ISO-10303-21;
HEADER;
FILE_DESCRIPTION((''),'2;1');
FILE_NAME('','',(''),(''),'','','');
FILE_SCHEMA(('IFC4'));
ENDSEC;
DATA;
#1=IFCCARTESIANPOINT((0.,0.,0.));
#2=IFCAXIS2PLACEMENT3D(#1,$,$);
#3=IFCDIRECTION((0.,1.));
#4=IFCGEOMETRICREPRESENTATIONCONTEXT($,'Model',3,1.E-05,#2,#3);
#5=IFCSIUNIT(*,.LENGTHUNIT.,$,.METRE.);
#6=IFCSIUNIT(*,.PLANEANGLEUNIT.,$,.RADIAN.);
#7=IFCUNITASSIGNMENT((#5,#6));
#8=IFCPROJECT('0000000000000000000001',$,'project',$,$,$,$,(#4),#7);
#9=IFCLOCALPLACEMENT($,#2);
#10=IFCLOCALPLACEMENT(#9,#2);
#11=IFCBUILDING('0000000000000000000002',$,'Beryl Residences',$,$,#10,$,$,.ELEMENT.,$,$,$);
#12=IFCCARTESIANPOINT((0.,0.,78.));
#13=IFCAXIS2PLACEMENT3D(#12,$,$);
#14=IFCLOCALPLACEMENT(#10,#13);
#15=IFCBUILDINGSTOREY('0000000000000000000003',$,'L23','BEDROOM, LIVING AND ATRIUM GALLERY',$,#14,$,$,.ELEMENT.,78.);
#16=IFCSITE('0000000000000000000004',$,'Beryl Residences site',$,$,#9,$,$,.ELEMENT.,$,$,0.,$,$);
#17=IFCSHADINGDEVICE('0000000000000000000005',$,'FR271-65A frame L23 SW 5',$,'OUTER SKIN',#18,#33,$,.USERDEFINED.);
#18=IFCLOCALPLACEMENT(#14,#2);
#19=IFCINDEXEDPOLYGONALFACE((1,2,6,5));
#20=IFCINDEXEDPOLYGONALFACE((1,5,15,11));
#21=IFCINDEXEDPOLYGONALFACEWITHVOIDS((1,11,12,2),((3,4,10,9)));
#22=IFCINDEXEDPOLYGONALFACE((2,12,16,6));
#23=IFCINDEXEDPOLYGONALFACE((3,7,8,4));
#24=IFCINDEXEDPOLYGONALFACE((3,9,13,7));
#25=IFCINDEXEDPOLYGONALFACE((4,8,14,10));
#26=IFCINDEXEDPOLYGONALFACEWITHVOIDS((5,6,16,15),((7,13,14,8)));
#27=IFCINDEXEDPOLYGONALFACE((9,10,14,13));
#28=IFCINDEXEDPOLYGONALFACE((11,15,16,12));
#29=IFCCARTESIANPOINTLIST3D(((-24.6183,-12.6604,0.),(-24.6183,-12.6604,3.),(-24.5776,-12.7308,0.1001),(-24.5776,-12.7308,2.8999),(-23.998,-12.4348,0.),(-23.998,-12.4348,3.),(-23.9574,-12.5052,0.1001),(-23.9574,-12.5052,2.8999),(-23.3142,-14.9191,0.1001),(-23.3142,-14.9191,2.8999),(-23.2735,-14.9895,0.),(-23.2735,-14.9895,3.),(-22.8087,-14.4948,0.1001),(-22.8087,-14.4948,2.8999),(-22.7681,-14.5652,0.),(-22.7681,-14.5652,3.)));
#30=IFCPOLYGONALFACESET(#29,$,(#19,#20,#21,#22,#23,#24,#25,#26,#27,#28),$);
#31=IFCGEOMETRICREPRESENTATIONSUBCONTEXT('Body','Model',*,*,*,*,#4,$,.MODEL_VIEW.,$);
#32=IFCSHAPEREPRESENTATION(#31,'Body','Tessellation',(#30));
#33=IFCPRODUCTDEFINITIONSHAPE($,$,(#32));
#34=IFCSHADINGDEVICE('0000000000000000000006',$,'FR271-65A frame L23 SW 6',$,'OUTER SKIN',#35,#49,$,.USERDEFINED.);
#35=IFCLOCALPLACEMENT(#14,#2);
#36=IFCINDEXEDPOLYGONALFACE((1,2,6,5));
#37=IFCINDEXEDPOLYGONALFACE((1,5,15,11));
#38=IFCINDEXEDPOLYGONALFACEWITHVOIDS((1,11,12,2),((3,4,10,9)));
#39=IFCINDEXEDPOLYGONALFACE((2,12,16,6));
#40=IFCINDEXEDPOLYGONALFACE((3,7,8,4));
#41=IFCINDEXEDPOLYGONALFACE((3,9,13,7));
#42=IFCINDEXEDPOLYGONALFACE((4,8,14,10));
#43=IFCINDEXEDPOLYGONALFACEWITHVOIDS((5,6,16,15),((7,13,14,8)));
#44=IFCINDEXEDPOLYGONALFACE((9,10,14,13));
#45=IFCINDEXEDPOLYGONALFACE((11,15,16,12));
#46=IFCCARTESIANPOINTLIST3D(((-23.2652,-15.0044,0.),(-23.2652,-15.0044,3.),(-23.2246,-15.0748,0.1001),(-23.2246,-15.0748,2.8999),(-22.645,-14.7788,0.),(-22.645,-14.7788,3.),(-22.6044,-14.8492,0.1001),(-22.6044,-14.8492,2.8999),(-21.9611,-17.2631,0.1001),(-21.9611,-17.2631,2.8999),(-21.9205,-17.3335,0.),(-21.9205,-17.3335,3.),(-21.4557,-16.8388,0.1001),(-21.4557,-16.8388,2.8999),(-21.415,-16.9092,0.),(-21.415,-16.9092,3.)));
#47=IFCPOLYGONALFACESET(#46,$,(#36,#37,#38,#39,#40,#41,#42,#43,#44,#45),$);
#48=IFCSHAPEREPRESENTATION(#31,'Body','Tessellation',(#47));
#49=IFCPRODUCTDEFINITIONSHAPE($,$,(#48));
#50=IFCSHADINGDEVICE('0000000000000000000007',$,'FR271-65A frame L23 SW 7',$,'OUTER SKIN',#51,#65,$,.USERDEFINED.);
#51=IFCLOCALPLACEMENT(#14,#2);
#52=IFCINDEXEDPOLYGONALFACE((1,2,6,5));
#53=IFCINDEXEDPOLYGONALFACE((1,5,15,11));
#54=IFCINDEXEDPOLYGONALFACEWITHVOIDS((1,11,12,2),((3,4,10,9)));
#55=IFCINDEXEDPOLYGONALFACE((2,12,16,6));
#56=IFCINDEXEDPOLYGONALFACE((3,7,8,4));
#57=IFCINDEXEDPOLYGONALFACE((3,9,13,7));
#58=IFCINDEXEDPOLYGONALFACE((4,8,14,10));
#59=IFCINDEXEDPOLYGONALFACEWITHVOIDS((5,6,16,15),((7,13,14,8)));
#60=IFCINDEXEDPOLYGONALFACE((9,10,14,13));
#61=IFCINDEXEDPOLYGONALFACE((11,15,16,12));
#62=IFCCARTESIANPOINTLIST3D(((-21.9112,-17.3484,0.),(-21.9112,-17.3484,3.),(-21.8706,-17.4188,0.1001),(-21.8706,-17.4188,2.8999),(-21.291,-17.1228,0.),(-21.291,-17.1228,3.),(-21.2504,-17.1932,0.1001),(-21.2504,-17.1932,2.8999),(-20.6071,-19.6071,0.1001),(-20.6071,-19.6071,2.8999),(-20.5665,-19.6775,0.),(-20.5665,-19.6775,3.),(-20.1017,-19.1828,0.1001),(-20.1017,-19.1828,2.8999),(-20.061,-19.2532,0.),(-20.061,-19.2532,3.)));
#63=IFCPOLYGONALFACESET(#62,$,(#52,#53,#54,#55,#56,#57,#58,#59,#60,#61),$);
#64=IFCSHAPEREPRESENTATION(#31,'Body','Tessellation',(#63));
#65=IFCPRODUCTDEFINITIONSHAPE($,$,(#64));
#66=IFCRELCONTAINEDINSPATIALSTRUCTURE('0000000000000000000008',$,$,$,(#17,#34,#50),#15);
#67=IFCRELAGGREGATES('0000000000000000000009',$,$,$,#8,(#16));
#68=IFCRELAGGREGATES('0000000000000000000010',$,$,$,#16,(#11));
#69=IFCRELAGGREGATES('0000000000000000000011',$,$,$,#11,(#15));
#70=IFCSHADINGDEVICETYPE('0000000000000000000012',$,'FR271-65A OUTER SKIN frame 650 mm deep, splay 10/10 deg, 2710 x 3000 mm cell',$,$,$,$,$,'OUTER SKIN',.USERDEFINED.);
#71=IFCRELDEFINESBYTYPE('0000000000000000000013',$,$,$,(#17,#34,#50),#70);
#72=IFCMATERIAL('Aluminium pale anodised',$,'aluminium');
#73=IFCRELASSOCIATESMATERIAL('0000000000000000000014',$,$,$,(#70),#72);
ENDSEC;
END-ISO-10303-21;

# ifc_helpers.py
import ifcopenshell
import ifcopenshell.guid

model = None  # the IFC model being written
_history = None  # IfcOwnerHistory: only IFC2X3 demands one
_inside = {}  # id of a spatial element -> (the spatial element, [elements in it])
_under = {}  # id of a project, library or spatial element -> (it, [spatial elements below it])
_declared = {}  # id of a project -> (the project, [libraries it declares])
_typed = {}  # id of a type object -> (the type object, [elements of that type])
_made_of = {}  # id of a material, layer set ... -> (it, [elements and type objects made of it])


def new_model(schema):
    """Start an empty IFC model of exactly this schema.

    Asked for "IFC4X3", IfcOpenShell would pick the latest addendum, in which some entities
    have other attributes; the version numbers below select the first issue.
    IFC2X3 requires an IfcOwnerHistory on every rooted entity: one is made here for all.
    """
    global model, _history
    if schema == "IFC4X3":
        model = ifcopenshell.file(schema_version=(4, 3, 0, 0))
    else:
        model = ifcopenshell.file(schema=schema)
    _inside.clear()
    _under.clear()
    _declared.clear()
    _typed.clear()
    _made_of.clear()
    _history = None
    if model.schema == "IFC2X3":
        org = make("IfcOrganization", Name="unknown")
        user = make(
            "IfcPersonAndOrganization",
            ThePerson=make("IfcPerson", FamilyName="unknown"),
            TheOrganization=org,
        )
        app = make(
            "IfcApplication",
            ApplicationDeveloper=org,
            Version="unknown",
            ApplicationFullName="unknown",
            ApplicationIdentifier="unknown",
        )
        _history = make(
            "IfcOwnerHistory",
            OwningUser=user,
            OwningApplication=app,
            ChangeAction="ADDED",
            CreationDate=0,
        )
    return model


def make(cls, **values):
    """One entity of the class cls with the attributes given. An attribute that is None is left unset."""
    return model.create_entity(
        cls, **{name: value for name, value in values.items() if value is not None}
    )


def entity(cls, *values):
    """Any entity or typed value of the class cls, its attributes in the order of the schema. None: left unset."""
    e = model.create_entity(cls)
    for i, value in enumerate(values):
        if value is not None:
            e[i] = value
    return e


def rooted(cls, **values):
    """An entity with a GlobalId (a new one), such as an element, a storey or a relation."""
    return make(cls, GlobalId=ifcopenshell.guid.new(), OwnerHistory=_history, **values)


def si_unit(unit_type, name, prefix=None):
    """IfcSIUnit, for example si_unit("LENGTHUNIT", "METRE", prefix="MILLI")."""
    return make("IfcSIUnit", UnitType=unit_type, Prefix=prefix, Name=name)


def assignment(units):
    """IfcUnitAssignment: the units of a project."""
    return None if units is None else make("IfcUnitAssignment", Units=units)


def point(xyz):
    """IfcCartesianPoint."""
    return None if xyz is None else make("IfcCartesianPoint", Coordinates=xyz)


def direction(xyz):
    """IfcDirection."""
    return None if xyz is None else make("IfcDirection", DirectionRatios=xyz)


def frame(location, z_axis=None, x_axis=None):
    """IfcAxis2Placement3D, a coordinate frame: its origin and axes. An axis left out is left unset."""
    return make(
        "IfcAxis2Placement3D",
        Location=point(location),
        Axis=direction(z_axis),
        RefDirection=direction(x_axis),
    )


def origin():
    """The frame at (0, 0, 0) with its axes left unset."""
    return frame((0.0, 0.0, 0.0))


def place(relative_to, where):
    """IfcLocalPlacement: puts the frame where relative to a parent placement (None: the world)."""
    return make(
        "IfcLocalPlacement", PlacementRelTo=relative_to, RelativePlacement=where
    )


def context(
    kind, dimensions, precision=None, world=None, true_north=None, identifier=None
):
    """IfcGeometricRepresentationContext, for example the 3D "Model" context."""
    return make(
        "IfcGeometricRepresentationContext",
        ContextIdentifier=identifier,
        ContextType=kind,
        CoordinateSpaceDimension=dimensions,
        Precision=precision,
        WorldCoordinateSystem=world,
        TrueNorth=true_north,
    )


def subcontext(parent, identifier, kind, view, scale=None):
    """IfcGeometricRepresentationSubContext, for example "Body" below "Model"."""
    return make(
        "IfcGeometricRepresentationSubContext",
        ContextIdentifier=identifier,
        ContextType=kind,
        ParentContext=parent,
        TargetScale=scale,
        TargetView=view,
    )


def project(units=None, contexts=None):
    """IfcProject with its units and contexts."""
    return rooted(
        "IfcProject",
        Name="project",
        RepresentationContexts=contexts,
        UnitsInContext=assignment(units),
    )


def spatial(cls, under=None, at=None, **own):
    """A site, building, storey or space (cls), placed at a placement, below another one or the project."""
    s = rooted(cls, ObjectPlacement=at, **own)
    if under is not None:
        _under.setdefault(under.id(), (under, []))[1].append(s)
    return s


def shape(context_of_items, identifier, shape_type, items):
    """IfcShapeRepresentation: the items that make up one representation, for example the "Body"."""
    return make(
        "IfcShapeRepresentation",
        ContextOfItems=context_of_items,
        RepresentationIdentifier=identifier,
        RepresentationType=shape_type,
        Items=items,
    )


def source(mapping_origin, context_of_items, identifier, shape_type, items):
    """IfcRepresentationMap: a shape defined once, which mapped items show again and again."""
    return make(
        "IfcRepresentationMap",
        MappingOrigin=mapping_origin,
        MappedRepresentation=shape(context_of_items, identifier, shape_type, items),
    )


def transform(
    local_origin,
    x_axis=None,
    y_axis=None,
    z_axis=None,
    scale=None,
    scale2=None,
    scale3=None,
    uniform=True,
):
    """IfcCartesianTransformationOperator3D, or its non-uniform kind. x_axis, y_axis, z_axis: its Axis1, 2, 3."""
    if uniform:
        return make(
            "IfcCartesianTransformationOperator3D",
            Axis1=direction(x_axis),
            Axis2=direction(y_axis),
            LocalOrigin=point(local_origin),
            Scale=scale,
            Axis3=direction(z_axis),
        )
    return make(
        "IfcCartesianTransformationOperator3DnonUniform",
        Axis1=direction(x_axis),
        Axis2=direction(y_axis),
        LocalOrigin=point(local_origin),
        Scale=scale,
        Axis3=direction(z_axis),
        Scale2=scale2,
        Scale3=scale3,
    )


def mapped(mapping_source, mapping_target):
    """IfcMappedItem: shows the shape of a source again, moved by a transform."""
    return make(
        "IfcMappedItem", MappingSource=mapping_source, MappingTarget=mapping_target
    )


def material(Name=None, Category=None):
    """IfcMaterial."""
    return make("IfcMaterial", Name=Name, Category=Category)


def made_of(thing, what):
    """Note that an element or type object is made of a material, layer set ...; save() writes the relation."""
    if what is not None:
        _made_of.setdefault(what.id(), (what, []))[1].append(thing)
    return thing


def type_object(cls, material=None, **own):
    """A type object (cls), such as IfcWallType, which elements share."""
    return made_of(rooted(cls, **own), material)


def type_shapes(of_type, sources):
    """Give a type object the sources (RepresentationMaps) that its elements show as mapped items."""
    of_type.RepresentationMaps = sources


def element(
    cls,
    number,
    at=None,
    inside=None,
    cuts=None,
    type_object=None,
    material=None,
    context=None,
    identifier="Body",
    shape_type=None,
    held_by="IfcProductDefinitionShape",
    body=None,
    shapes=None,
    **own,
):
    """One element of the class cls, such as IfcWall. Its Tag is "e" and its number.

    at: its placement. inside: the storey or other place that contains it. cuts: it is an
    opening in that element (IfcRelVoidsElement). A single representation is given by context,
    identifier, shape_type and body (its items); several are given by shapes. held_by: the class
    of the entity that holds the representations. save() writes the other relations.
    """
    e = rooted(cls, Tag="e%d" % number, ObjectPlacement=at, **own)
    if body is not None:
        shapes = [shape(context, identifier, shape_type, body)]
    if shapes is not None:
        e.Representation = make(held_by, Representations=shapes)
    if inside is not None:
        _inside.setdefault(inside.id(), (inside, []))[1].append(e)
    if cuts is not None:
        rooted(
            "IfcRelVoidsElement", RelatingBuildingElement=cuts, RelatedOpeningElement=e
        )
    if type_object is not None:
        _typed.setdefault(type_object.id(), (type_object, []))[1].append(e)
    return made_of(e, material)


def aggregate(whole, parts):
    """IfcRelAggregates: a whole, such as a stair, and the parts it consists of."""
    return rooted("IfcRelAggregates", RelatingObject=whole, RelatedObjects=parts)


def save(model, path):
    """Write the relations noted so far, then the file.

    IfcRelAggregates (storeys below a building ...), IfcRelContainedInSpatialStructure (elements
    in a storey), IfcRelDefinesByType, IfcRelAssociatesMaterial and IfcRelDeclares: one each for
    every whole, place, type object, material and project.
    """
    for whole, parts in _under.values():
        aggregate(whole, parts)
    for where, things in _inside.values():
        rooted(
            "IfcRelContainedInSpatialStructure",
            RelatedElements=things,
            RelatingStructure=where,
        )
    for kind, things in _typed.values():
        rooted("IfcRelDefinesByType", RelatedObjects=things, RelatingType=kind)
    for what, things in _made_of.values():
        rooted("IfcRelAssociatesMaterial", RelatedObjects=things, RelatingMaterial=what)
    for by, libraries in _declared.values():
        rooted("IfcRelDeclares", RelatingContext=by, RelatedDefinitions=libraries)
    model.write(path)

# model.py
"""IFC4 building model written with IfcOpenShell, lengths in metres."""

from ifc_helpers import new_model, entity, si_unit, direction, frame, origin, place, context, subcontext, project, spatial, source, transform, mapped, material, type_object, type_shapes, element, save


model = new_model("IFC4")

# Units and contexts
model_context = context("Model", 3, precision=1e-05, world=origin(), true_north=direction((0.0, 1.0)))
body_context = subcontext(model_context, "Body", "Model", "MODEL_VIEW")
ifc_project = project(units=[si_unit("LENGTHUNIT", "METRE"), si_unit("PLANEANGLEUNIT", "RADIAN")], contexts=[model_context])

# Site, building, storey
site_placement = place(None, origin())
site = spatial("IfcSite", under=ifc_project, at=site_placement, Name="Beryl Residences site", CompositionType="ELEMENT", RefElevation=0.0)
building_placement = place(site_placement, origin())
building = spatial("IfcBuilding", under=site, at=building_placement, Name="Beryl Residences", CompositionType="ELEMENT")
storey_placement = place(building_placement, frame((0.0, 0.0, 78.0)))
storey = spatial("IfcBuildingStorey", under=building, at=storey_placement, Name="L23", Description="BEDROOM, LIVING AND ATRIUM GALLERY", CompositionType="ELEMENT", Elevation=78.0)

# Shading devices
ifc_material_1 = material(Name="Aluminium pale anodised", Category="aluminium")
shading_device_type = type_object("IfcShadingDeviceType", Name="FR271-65A OUTER SKIN frame 650 mm deep, splay 10/10 deg, 2710 x 3000 mm cell", ElementType="OUTER SKIN", PredefinedType="USERDEFINED", material=ifc_material_1)
cartesian_point_1 = entity("IfcCartesianPoint", [-1.23, 0.0])
cartesian_point_2 = entity("IfcCartesianPoint", [-1.1487, 0.1001])
cartesian_point_3 = entity("IfcCartesianPoint", [-1.3447, 0.0])
cartesian_point_4 = entity("IfcCartesianPoint", [-1.2634, 0.1001])
shared_shape = source(origin(), body_context, "Body", "SweptSolid", [
    entity("IfcExtrudedAreaSolidTapered", entity("IfcArbitraryProfileDefWithVoids", "AREA", None, entity("IfcPolyline", [cartesian_point_1, entity("IfcCartesianPoint", [1.23, 0.0]), entity("IfcCartesianPoint", [1.23, 3.0]), entity("IfcCartesianPoint", [-1.23, 3.0]), cartesian_point_1]), [entity("IfcPolyline", [cartesian_point_2, entity("IfcCartesianPoint", [1.1487, 0.1001]), entity("IfcCartesianPoint", [1.1487, 2.8999]), entity("IfcCartesianPoint", [-1.1487, 2.8999]), cartesian_point_2])]), entity("IfcAxis2Placement3D", entity("IfcCartesianPoint", [0.0, 0.0, 0.0]), entity("IfcDirection", [0.0, 1.0, 0.0]), entity("IfcDirection", [-1.0, 0.0, 0.0])), entity("IfcDirection", [0.0, 0.0, 1.0]), 0.6499, entity("IfcArbitraryProfileDefWithVoids", "AREA", None, entity("IfcPolyline", [cartesian_point_3, entity("IfcCartesianPoint", [1.3447, 0.0]), entity("IfcCartesianPoint", [1.3447, 3.0]), entity("IfcCartesianPoint", [-1.3447, 3.0]), cartesian_point_3]), [entity("IfcPolyline", [cartesian_point_4, entity("IfcCartesianPoint", [1.2634, 0.1001]), entity("IfcCartesianPoint", [1.2634, 2.8999]), entity("IfcCartesianPoint", [-1.2634, 2.8999]), cartesian_point_4])])),
])
type_shapes(shading_device_type, [shared_shape])
for number, where, z_axis, x_axis, name in (
    (1, (-23.3831, -13.5, 0.0), (0.0, 0.0, 1.0), (-0.5, 0.866025, 0.0), "FR271-65A frame L23 SW 5"),
    (2, (-22.03, -15.844, 0.0), (0.0, 0.0, 1.0), (-0.5, 0.866025, 0.0), "FR271-65A frame L23 SW 6"),
    (3, (-20.676, -18.188, 0.0), (0.0, 0.0, 1.0), (-0.5, 0.866025, 0.0), "FR271-65A frame L23 SW 7"),
):
    element("IfcShadingDevice", number, at=place(storey_placement, frame(where, z_axis=z_axis, x_axis=x_axis)), inside=storey, type_object=shading_device_type, Name=name, ObjectType="OUTER SKIN", PredefinedType="USERDEFINED", context=body_context, shape_type="MappedRepresentation", body=[
        mapped(shared_shape, transform((0.0, 0.0, 0.0))),
    ])

save(model, "model.ifc")
